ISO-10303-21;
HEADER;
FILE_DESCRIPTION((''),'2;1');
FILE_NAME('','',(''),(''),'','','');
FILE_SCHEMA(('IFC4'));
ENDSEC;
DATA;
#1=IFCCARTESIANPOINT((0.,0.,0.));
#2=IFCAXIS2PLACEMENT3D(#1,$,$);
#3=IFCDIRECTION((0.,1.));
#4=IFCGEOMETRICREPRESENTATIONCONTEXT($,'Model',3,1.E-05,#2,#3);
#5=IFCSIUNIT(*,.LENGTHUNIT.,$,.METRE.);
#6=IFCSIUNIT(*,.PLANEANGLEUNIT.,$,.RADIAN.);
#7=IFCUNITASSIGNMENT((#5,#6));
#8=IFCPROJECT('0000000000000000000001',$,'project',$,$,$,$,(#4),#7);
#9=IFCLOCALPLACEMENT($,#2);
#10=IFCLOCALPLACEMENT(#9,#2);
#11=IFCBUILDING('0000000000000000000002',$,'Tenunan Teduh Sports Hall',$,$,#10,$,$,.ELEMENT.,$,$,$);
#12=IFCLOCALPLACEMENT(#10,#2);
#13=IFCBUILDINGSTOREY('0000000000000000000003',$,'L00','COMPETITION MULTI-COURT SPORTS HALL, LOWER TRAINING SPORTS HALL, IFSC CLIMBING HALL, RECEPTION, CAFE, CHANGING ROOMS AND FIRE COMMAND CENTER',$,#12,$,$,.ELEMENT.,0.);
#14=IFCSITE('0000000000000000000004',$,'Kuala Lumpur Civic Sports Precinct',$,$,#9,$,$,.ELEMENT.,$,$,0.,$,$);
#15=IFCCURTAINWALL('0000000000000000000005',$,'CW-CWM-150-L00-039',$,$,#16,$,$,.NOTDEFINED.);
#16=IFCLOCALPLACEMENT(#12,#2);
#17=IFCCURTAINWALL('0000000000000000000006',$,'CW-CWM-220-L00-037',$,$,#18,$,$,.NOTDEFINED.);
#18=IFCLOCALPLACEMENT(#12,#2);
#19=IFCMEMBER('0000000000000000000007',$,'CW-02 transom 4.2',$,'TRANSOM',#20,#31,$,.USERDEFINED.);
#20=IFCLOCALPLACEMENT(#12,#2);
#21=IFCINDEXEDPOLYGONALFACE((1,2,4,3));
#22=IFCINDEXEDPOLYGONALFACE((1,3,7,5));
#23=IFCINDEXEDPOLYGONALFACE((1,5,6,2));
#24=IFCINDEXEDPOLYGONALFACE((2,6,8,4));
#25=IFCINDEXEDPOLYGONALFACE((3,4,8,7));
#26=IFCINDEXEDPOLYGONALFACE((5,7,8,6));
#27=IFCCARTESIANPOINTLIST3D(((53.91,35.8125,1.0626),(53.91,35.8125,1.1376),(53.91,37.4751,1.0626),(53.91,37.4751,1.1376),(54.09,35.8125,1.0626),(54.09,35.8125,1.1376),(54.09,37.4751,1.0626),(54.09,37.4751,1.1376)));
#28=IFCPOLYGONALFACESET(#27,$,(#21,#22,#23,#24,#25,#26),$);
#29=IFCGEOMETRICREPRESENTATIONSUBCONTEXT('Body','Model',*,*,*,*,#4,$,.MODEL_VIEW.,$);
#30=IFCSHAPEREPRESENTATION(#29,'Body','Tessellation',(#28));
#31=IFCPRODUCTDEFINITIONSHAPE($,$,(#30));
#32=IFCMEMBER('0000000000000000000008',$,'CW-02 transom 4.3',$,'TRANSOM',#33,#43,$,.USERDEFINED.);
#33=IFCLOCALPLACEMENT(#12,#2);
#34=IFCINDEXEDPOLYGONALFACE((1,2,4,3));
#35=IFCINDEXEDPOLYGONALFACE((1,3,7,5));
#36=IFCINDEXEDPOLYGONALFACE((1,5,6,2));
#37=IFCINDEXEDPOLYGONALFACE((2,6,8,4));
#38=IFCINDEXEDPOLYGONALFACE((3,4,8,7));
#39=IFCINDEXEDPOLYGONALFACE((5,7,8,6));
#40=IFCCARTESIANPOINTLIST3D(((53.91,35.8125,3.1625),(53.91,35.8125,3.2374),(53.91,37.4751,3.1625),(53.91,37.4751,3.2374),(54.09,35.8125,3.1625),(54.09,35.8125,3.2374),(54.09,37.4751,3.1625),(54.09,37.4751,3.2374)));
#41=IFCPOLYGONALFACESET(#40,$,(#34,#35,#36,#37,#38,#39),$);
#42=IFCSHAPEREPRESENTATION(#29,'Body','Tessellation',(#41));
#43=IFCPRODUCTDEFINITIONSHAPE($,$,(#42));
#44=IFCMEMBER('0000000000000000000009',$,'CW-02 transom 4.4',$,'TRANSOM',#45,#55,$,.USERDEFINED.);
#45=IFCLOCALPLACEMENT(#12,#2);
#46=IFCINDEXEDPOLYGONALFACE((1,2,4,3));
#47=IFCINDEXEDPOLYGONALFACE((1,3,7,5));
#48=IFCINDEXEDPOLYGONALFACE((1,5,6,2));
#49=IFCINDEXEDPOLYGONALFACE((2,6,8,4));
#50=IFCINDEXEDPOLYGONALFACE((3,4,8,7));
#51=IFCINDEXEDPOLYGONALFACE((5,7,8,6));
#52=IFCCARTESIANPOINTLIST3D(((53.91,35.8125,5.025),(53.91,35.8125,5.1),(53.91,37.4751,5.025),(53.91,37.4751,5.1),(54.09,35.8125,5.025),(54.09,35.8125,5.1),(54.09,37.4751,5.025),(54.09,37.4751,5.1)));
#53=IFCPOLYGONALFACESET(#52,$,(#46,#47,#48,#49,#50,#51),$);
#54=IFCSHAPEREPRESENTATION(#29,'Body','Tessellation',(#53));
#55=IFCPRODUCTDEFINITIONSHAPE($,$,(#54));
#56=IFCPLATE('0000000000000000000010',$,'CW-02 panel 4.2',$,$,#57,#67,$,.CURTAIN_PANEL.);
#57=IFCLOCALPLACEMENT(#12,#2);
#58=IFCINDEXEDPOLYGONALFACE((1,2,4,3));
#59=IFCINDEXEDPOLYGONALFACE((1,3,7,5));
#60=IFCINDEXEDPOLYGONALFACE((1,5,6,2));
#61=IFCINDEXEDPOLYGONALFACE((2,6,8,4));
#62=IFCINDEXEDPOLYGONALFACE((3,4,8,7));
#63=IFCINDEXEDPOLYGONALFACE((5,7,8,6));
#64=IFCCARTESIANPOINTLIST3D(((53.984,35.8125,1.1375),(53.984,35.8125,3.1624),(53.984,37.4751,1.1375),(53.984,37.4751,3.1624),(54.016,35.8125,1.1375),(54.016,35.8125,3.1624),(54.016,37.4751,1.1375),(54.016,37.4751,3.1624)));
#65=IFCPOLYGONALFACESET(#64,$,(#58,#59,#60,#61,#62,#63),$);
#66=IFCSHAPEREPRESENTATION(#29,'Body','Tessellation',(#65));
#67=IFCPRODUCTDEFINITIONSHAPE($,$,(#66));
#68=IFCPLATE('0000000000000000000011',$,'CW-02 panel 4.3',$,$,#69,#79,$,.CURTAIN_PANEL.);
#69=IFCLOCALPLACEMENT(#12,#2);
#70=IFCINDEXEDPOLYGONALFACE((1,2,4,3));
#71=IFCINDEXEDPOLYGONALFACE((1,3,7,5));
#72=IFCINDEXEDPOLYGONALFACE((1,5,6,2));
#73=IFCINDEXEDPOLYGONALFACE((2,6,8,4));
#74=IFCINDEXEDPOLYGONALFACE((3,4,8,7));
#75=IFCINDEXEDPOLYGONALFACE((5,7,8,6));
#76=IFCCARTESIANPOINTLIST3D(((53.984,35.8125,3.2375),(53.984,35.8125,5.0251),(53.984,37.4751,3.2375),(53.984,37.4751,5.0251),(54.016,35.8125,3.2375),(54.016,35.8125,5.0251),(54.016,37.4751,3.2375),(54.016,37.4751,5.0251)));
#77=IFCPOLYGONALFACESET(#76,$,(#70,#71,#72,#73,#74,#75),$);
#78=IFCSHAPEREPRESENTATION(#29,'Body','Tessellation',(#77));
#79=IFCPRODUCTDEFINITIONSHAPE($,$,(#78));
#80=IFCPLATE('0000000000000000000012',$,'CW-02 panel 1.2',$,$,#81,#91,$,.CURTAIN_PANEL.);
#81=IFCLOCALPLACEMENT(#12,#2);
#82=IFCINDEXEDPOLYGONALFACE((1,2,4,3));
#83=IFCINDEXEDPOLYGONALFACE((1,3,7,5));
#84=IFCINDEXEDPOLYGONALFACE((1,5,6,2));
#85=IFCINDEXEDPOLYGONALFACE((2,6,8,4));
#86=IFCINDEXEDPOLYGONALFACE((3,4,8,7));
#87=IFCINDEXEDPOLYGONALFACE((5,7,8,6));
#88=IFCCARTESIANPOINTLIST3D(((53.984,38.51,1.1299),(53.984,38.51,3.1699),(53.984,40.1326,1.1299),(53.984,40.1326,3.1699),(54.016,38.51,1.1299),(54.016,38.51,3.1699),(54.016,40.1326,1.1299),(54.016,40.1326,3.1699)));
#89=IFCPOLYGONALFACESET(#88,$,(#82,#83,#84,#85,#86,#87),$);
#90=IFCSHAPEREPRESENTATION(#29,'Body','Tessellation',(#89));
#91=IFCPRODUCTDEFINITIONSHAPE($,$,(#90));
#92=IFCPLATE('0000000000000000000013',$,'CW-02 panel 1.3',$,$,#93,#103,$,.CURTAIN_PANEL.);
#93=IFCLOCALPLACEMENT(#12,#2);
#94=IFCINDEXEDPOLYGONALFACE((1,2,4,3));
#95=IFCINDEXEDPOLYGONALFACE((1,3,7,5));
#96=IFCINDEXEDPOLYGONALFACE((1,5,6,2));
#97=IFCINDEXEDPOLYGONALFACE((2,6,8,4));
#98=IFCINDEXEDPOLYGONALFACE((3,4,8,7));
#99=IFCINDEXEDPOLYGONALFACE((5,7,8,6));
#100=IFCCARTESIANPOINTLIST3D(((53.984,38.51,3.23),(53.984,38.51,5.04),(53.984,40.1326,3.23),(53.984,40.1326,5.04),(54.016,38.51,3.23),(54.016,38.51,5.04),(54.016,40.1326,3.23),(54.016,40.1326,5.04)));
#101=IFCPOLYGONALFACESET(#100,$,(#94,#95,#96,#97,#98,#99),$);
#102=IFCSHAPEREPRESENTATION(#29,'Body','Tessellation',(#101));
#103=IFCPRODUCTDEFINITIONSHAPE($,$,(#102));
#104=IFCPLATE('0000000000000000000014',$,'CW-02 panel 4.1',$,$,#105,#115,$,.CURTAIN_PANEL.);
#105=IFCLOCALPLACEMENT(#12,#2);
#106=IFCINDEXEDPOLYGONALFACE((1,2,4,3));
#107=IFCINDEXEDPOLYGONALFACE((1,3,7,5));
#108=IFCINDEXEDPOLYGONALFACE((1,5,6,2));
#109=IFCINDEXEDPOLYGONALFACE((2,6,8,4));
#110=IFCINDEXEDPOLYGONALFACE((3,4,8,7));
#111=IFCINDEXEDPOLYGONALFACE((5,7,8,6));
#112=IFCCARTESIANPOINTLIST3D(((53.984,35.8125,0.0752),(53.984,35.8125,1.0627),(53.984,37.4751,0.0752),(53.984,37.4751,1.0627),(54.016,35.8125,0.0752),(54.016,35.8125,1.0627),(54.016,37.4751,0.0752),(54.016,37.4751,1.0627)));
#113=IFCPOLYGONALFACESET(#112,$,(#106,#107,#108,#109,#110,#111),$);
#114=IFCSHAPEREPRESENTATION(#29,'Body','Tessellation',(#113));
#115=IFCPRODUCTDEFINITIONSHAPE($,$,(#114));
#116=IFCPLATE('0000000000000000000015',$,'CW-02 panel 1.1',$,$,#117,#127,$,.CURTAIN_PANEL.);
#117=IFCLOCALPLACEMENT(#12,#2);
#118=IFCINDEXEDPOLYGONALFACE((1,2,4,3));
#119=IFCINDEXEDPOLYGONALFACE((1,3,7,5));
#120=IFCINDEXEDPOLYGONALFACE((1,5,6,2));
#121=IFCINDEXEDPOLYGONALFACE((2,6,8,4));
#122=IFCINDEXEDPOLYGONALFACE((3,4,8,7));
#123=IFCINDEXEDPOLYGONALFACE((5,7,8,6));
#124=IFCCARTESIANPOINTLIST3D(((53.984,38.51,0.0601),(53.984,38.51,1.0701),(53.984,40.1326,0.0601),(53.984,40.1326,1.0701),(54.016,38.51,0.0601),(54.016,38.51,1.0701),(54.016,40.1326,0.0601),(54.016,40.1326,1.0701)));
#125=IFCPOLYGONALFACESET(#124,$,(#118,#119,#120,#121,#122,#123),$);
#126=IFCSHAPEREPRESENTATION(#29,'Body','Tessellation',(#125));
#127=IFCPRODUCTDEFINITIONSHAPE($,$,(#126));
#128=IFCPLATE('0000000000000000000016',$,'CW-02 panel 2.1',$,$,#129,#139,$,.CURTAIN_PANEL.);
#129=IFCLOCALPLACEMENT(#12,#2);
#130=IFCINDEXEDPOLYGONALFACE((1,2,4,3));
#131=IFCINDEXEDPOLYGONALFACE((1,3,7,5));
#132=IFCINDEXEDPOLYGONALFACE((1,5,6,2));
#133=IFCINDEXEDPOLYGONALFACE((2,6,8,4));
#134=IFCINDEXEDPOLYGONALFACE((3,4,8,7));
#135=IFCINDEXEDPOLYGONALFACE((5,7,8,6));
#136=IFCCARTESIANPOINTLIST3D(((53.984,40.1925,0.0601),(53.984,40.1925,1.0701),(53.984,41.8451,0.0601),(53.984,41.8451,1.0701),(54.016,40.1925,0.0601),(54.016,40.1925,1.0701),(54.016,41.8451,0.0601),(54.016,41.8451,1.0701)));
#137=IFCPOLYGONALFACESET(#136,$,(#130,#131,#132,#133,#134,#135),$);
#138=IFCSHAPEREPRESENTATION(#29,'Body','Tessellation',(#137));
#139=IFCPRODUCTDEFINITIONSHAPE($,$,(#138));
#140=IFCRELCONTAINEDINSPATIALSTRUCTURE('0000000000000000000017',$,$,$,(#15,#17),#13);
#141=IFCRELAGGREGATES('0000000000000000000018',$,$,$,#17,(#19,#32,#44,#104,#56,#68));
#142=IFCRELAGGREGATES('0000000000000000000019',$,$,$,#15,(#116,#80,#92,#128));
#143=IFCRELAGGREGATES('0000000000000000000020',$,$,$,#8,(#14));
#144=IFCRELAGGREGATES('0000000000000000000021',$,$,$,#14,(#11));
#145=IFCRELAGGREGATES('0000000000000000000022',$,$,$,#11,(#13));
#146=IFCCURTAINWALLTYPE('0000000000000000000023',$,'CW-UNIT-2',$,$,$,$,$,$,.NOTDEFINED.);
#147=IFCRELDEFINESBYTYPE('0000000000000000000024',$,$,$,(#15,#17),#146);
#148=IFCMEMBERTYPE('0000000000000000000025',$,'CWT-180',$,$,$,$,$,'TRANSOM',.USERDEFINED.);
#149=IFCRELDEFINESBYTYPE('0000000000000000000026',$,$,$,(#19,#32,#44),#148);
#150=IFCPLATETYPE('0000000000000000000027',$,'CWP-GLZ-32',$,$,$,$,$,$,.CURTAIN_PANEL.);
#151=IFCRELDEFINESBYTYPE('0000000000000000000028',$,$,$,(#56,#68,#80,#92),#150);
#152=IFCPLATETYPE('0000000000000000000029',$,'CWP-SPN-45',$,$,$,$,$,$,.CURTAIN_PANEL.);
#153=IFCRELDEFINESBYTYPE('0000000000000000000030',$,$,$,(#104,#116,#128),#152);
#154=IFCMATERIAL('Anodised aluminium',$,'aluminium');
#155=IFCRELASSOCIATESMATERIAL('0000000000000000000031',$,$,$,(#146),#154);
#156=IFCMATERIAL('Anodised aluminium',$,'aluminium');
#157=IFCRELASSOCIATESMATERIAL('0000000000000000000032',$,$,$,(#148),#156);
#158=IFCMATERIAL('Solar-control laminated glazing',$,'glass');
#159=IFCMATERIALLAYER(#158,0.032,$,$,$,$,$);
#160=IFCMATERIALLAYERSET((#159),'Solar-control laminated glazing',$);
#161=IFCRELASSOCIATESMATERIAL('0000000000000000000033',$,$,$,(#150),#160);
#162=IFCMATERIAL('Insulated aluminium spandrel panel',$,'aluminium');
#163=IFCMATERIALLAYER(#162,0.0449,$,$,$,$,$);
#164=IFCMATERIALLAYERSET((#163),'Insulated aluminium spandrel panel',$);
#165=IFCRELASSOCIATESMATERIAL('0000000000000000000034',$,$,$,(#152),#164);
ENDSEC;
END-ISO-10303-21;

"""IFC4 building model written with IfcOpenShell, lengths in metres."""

from ifc_helpers import new_model, si_unit, direction, frame, origin, origin_2d, place, context, subcontext, project, spatial, rectangle, extrude, material, layer, layer_set, material_profile, profile_set, type_object, element, aggregate, save


model = new_model("IFC4")

# Units and contexts
model_context = context("Model", 3, precision=1e-05, world=origin(), true_north=direction((0.0, 1.0)))
body_context = subcontext(model_context, "Body", "Model", "MODEL_VIEW")
ifc_project = project(units=[si_unit("LENGTHUNIT", "METRE"), si_unit("PLANEANGLEUNIT", "RADIAN")], contexts=[model_context])

# Site, building, storey
site_placement = place(None, origin())
site = spatial("IfcSite", under=ifc_project, at=site_placement, Name="Kuala Lumpur Civic Sports Precinct", CompositionType="ELEMENT", RefElevation=0.0)
building_placement = place(site_placement, origin())
building = spatial("IfcBuilding", under=site, at=building_placement, Name="Tenunan Teduh Sports Hall", CompositionType="ELEMENT")
storey_placement = place(building_placement, origin())
storey = spatial("IfcBuildingStorey", under=building, at=storey_placement, Name="L00", Description="COMPETITION MULTI-COURT SPORTS HALL, LOWER TRAINING SPORTS HALL, IFSC CLIMBING HALL, RECEPTION, CAFE, CHANGING ROOMS AND FIRE COMMAND CENTER", CompositionType="ELEMENT", Elevation=0.0)

# Curtain wall
ifc_material_1 = material(Name="Anodised aluminium", Category="aluminium")
curtain_wall_type = type_object("IfcCurtainWallType", Name="CW-UNIT-2", PredefinedType="NOTDEFINED", material=ifc_material_1)
curtain_wall_1_placement = place(storey_placement, origin())
curtain_wall_1 = element("IfcCurtainWall", 1, at=curtain_wall_1_placement, inside=storey, type_object=curtain_wall_type, Name="CW-CWM-150-L00-039", PredefinedType="NOTDEFINED")

# Curtain wall
curtain_wall_2_placement = place(storey_placement, origin())
curtain_wall_2 = element("IfcCurtainWall", 2, at=curtain_wall_2_placement, inside=storey, type_object=curtain_wall_type, Name="CW-CWM-220-L00-037", PredefinedType="NOTDEFINED")

# Members
ifc_material_2 = material(Name="Anodised aluminium", Category="aluminium")
ifc_material_profile_1 = material_profile(ifc_material_2, rectangle(XDim=0.075, YDim=0.1799, at=origin_2d()), Name="CWT 75x180")
ifc_profile_set_1 = profile_set([ifc_material_profile_1], Name="Anodised aluminium")
member_type_1 = type_object("IfcMemberType", Name="CWT-180", ElementType="TRANSOM", PredefinedType="USERDEFINED", material=ifc_profile_set_1)
member_1_placement = place(storey_placement, frame((54.0, 35.8125, 1.1001), z_axis=(0.0, 1.0, 0.0), x_axis=(0.0, 0.0, 1.0)))
member_1 = element("IfcMember", 3, at=member_1_placement, type_object=member_type_1, Name="CW-02 transom 4.2", ObjectType="TRANSOM", PredefinedType="USERDEFINED", context=body_context, shape_type="SweptSolid", body=[
    extrude(rectangle(XDim=0.075, YDim=0.1799, at=origin_2d()), origin(), (0.0, 0.0, 1.0), 1.6626),
])
member_2_placement = place(storey_placement, frame((54.0, 35.8125, 3.2), z_axis=(0.0, 1.0, 0.0), x_axis=(0.0, 0.0, 1.0)))
member_2 = element("IfcMember", 4, at=member_2_placement, type_object=member_type_1, Name="CW-02 transom 4.3", ObjectType="TRANSOM", PredefinedType="USERDEFINED", context=body_context, shape_type="SweptSolid", body=[
    extrude(rectangle(XDim=0.075, YDim=0.1799, at=origin_2d()), origin(), (0.0, 0.0, 1.0), 1.6626),
])
member_3_placement = place(storey_placement, frame((54.0, 35.8125, 5.0625), z_axis=(0.0, 1.0, 0.0), x_axis=(0.0, 0.0, 1.0)))
member_3 = element("IfcMember", 5, at=member_3_placement, type_object=member_type_1, Name="CW-02 transom 4.4", ObjectType="TRANSOM", PredefinedType="USERDEFINED", context=body_context, shape_type="SweptSolid", body=[
    extrude(rectangle(XDim=0.075, YDim=0.1799, at=origin_2d()), origin(), (0.0, 0.0, 1.0), 1.6626),
])

# Plates
ifc_material_3 = material(Name="Solar-control laminated glazing", Category="glass")
ifc_layer_1 = layer(ifc_material_3, 0.032)
ifc_layer_set_1 = layer_set([ifc_layer_1], Name="Solar-control laminated glazing")
plate_type_1 = type_object("IfcPlateType", Name="CWP-GLZ-32", PredefinedType="CURTAIN_PANEL", material=ifc_layer_set_1)
plate_1_placement = place(storey_placement, frame((54.0, 36.6438, 1.1375), z_axis=(0.0, 0.0, 1.0), x_axis=(0.0, 1.0, 0.0)))
plate_1 = element("IfcPlate", 6, at=plate_1_placement, type_object=plate_type_1, Name="CW-02 panel 4.2", PredefinedType="CURTAIN_PANEL", context=body_context, shape_type="SweptSolid", body=[
    extrude(rectangle(XDim=1.6626, YDim=0.032, at=origin_2d()), origin(), (0.0, 0.0, 1.0), 2.0249),
])
plate_2_placement = place(storey_placement, frame((54.0, 36.6438, 3.2375), z_axis=(0.0, 0.0, 1.0), x_axis=(0.0, 1.0, 0.0)))
plate_2 = element("IfcPlate", 7, at=plate_2_placement, type_object=plate_type_1, Name="CW-02 panel 4.3", PredefinedType="CURTAIN_PANEL", context=body_context, shape_type="SweptSolid", body=[
    extrude(rectangle(XDim=1.6626, YDim=0.032, at=origin_2d()), origin(), (0.0, 0.0, 1.0), 1.7876),
])
plate_3_placement = place(storey_placement, frame((54.0, 39.3213, 1.1299), z_axis=(0.0, 0.0, 1.0), x_axis=(0.0, 1.0, 0.0)))
plate_3 = element("IfcPlate", 8, at=plate_3_placement, type_object=plate_type_1, Name="CW-02 panel 1.2", PredefinedType="CURTAIN_PANEL", context=body_context, shape_type="SweptSolid", body=[
    extrude(rectangle(XDim=1.6226, YDim=0.032, at=origin_2d()), origin(), (0.0, 0.0, 1.0), 2.04),
])
plate_4_placement = place(storey_placement, frame((54.0, 39.3213, 3.23), z_axis=(0.0, 0.0, 1.0), x_axis=(0.0, 1.0, 0.0)))
plate_4 = element("IfcPlate", 9, at=plate_4_placement, type_object=plate_type_1, Name="CW-02 panel 1.3", PredefinedType="CURTAIN_PANEL", context=body_context, shape_type="SweptSolid", body=[
    extrude(rectangle(XDim=1.6226, YDim=0.032, at=origin_2d()), origin(), (0.0, 0.0, 1.0), 1.8101),
])
ifc_material_4 = material(Name="Insulated aluminium spandrel panel", Category="aluminium")
ifc_layer_2 = layer(ifc_material_4, 0.0449)
ifc_layer_set_2 = layer_set([ifc_layer_2], Name="Insulated aluminium spandrel panel")
plate_type_2 = type_object("IfcPlateType", Name="CWP-SPN-45", PredefinedType="CURTAIN_PANEL", material=ifc_layer_set_2)
plate_5_placement = place(storey_placement, frame((54.0, 36.6438, 0.0752), z_axis=(0.0, 0.0, 1.0), x_axis=(0.0, 1.0, 0.0)))
plate_5 = element("IfcPlate", 10, at=plate_5_placement, type_object=plate_type_2, Name="CW-02 panel 4.1", PredefinedType="CURTAIN_PANEL", context=body_context, shape_type="SweptSolid", body=[
    extrude(rectangle(XDim=1.6626, YDim=0.032, at=origin_2d()), origin(), (0.0, 0.0, 1.0), 0.9875),
])
aggregate(curtain_wall_2, [member_1, member_2, member_3, plate_5, plate_1, plate_2])
plate_6_placement = place(storey_placement, frame((54.0, 39.3213, 0.0601), z_axis=(0.0, 0.0, 1.0), x_axis=(0.0, 1.0, 0.0)))
plate_6 = element("IfcPlate", 11, at=plate_6_placement, type_object=plate_type_2, Name="CW-02 panel 1.1", PredefinedType="CURTAIN_PANEL", context=body_context, shape_type="SweptSolid", body=[
    extrude(rectangle(XDim=1.6226, YDim=0.032, at=origin_2d()), origin(), (0.0, 0.0, 1.0), 1.01),
])
plate_7_placement = place(storey_placement, frame((54.0, 41.0188, 0.0601), z_axis=(0.0, 0.0, 1.0), x_axis=(0.0, 1.0, 0.0)))
plate_7 = element("IfcPlate", 12, at=plate_7_placement, type_object=plate_type_2, Name="CW-02 panel 2.1", PredefinedType="CURTAIN_PANEL", context=body_context, shape_type="SweptSolid", body=[
    extrude(rectangle(XDim=1.6526, YDim=0.032, at=origin_2d()), origin(), (0.0, 0.0, 1.0), 1.01),
])
aggregate(curtain_wall_1, [plate_6, plate_3, plate_4, plate_7])

save(model, "model.ifc")
